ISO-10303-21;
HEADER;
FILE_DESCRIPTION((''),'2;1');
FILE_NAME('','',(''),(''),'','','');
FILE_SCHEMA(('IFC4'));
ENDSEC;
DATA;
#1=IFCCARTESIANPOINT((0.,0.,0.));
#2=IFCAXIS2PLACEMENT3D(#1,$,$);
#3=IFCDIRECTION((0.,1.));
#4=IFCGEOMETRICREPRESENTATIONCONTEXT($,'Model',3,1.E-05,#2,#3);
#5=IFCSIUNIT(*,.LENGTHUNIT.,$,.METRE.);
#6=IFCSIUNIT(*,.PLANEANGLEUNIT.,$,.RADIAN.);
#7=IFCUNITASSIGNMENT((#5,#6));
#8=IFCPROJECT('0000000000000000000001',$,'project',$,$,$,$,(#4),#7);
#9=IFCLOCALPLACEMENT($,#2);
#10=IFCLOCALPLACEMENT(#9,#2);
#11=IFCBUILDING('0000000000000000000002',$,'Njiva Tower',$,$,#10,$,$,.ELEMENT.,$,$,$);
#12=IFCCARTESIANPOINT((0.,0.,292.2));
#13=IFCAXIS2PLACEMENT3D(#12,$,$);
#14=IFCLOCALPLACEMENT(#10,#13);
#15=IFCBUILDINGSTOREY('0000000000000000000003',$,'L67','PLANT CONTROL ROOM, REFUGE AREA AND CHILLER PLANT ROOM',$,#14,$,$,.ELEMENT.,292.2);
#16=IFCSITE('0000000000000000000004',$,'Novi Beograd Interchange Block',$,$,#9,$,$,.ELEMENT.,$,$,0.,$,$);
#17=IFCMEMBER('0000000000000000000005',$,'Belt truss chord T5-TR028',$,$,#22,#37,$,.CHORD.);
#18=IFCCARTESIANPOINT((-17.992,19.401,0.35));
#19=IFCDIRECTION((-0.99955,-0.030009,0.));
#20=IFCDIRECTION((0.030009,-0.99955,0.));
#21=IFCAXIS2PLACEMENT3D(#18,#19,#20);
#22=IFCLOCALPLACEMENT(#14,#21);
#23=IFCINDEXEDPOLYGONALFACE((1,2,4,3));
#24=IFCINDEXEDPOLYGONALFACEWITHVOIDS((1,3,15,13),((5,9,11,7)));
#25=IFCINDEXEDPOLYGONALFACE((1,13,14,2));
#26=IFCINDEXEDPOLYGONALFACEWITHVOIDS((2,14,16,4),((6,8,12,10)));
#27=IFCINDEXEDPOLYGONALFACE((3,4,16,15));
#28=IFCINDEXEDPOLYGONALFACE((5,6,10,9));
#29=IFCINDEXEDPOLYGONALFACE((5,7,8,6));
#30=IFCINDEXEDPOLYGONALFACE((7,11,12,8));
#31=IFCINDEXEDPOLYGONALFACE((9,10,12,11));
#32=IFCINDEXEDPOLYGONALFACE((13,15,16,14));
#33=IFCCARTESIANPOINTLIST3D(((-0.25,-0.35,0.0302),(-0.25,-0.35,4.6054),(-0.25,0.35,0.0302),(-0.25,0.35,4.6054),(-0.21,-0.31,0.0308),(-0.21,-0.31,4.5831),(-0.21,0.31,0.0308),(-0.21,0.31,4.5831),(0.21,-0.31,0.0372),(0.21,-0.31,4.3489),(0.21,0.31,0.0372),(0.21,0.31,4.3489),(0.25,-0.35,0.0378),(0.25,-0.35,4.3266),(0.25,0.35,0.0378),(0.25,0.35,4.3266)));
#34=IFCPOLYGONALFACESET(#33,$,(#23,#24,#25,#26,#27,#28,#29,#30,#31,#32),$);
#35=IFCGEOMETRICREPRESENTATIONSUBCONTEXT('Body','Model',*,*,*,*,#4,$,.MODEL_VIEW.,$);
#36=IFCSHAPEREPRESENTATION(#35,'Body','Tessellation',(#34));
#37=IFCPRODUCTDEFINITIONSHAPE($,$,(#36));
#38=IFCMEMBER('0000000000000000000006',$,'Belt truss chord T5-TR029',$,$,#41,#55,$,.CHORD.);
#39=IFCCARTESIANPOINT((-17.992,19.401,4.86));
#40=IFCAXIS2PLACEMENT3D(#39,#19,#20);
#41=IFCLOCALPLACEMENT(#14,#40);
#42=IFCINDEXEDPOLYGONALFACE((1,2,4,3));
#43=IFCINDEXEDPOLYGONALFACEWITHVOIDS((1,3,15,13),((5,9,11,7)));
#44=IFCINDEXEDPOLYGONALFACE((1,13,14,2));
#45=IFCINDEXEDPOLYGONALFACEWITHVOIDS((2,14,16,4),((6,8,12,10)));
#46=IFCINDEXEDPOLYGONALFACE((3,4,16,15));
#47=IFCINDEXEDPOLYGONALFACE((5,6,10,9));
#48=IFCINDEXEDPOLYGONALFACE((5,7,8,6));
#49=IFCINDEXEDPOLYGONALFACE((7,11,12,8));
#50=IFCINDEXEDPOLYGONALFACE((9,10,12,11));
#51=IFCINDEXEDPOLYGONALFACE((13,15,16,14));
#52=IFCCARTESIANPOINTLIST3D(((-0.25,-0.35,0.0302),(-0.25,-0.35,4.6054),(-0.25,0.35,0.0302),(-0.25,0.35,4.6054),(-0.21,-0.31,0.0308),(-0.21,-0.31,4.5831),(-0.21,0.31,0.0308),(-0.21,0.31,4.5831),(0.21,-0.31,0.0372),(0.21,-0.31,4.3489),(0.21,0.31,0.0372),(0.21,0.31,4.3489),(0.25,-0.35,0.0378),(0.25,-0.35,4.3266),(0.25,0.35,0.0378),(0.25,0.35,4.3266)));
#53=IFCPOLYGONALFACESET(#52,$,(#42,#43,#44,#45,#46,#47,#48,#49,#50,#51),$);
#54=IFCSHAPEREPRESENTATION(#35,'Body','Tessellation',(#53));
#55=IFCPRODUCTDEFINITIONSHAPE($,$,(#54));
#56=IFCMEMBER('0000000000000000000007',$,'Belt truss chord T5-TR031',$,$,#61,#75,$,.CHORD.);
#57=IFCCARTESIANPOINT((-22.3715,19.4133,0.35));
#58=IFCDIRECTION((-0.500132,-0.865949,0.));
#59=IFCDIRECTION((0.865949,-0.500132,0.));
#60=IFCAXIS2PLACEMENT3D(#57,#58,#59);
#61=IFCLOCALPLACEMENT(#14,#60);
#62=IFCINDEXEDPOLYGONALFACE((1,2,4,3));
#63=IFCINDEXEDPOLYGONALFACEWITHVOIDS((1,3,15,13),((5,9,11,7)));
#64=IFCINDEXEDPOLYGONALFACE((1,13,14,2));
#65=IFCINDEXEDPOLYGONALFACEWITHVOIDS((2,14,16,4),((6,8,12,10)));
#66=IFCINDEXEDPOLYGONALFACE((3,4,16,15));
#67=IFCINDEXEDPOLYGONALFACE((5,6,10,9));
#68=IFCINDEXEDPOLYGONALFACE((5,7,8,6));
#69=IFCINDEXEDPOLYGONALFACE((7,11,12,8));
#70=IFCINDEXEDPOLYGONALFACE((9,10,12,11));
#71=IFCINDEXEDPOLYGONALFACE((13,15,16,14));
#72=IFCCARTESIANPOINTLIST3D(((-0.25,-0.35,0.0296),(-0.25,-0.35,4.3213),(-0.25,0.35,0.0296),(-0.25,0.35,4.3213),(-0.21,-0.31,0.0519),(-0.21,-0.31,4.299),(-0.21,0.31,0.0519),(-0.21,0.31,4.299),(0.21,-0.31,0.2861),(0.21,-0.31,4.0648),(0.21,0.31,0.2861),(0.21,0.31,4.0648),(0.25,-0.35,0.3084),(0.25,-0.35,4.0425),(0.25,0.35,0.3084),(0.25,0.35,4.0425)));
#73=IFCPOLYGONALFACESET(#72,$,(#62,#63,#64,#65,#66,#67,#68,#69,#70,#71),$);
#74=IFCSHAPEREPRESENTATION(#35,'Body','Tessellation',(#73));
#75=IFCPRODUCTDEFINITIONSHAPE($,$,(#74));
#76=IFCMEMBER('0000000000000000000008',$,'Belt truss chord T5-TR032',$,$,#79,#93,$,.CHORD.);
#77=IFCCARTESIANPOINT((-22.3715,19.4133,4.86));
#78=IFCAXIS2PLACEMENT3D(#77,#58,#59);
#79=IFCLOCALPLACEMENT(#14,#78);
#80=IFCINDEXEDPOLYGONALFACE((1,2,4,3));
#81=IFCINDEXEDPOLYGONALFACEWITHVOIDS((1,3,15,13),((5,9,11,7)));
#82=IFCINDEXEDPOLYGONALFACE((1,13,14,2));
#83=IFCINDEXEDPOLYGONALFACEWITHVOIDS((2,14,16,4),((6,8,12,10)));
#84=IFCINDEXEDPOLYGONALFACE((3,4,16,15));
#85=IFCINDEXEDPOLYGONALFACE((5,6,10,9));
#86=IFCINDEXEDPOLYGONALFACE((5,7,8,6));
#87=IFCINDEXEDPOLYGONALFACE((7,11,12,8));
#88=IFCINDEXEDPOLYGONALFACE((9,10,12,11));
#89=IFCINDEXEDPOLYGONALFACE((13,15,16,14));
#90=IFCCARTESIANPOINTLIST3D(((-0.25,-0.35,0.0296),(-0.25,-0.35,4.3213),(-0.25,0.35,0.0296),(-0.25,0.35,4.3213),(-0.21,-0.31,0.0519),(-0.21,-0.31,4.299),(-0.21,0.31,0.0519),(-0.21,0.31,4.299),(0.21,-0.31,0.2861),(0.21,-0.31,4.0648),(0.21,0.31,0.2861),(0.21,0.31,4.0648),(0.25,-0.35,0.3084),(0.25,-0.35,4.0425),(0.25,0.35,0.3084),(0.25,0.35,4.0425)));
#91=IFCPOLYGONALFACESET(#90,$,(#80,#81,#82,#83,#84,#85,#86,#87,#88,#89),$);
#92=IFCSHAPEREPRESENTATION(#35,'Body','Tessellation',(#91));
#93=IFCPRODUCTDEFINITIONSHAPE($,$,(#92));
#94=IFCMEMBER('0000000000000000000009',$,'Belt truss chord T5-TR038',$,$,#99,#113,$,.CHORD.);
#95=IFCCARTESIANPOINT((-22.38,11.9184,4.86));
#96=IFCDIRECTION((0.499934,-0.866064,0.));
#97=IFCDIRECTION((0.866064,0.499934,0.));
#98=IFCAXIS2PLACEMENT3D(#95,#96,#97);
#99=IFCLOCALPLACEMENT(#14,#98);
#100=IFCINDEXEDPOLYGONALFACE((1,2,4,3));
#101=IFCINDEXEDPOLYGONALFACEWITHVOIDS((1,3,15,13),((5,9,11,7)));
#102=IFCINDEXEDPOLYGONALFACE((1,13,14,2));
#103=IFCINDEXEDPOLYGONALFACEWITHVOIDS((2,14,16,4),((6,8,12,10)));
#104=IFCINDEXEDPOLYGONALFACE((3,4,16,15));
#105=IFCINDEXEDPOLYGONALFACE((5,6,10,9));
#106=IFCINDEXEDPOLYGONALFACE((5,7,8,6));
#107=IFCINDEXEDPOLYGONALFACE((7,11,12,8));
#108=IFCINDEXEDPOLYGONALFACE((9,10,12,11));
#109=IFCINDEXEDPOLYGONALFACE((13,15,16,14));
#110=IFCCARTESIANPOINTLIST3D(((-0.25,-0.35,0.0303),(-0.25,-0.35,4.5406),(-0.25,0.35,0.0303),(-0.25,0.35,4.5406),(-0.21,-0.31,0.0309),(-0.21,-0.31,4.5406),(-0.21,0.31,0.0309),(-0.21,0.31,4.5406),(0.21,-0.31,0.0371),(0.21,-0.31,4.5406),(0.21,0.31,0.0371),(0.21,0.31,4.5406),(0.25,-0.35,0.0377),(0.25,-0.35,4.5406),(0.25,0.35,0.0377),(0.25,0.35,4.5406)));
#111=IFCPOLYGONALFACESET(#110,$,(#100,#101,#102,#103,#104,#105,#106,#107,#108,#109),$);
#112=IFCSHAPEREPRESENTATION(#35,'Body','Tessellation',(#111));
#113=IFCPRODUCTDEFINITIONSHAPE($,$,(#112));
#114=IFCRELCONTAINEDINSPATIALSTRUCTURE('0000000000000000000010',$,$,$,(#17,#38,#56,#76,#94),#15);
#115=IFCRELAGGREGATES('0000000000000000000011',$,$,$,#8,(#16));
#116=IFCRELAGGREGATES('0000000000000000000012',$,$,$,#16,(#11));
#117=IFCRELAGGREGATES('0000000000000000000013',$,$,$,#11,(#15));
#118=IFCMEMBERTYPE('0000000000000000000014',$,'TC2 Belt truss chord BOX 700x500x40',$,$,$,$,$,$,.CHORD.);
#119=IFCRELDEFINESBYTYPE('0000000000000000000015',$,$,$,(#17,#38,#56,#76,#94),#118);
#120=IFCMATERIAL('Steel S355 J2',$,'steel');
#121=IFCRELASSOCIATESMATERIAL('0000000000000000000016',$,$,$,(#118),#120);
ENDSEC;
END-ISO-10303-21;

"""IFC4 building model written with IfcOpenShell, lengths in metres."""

from ifc_helpers import new_model, si_unit, direction, frame, origin, origin_2d, place, context, subcontext, project, spatial, hollow_rectangle, extrude, clip, halfspace, material, material_profile, profile_set, type_object, element, save


model = new_model("IFC4")

# Units and contexts
model_context = context("Model", 3, precision=1e-05, world=origin(), true_north=direction((0.0, 1.0)))
body_context = subcontext(model_context, "Body", "Model", "MODEL_VIEW")
ifc_project = project(units=[si_unit("LENGTHUNIT", "METRE"), si_unit("PLANEANGLEUNIT", "RADIAN")], contexts=[model_context])

# Site, building, storey
site_placement = place(None, origin())
site = spatial("IfcSite", under=ifc_project, at=site_placement, Name="Novi Beograd Interchange Block", CompositionType="ELEMENT", RefElevation=0.0)
building_placement = place(site_placement, origin())
building = spatial("IfcBuilding", under=site, at=building_placement, Name="Njiva Tower", CompositionType="ELEMENT")
storey_placement = place(building_placement, frame((0.0, 0.0, 292.2)))
storey = spatial("IfcBuildingStorey", under=building, at=storey_placement, Name="L67", Description="PLANT CONTROL ROOM, REFUGE AREA AND CHILLER PLANT ROOM", CompositionType="ELEMENT", Elevation=292.2)

# Shared definitions
ifc_material_1 = material(Name="Steel S355 J2", Category="steel")

# Members
ifc_material_profile_1 = material_profile(ifc_material_1, hollow_rectangle(XDim=0.5, YDim=0.7, WallThickness=0.04, at=origin_2d()), Name="BOX 700x500x40")
ifc_profile_set_1 = profile_set([ifc_material_profile_1], Name="Steel S355 J2")
member_type_1 = type_object("IfcMemberType", Name="TC2 Belt truss chord BOX 700x500x40", PredefinedType="CHORD", material=ifc_profile_set_1)
member_1_placement = place(storey_placement, frame((-17.992, 19.401, 0.35), z_axis=(-0.99955, -0.030009, 0.0), x_axis=(0.030009, -0.99955, 0.0)))
element("IfcMember", 1, at=member_1_placement, inside=storey, type_object=member_type_1, Name="Belt truss chord T5-TR028", PredefinedType="CHORD", context=body_context, shape_type="Clipping", body=[
    clip(clip(extrude(hollow_rectangle(XDim=0.5, YDim=0.7, WallThickness=0.04, at=origin_2d()), origin(), (0.0, 0.0, 1.0), 4.635), halfspace(frame((0.0, -292.55, 0.034), z_axis=(0.015002, 0.0, -0.999887), x_axis=(0.0, -1.0, 0.0)), False)), halfspace(frame((0.0, -292.55, 4.466), z_axis=(0.48688, 0.0, 0.873469), x_axis=(0.0, 1.0, 0.0)), False)),
])
member_2_placement = place(storey_placement, frame((-17.992, 19.401, 4.86), z_axis=(-0.99955, -0.030009, 0.0), x_axis=(0.030009, -0.99955, 0.0)))
element("IfcMember", 2, at=member_2_placement, inside=storey, type_object=member_type_1, Name="Belt truss chord T5-TR029", PredefinedType="CHORD", context=body_context, shape_type="Clipping", body=[
    clip(clip(extrude(hollow_rectangle(XDim=0.5, YDim=0.7, WallThickness=0.04, at=origin_2d()), origin(), (0.0, 0.0, 1.0), 4.635), halfspace(frame((0.0, -297.06, 0.034), z_axis=(0.015002, 0.0, -0.999887), x_axis=(0.0, -1.0, 0.0)), False)), halfspace(frame((0.0, -297.06, 4.466), z_axis=(0.48688, 0.0, 0.873469), x_axis=(0.0, 1.0, 0.0)), False)),
])
member_3_placement = place(storey_placement, frame((-22.3715, 19.4133, 0.35), z_axis=(-0.500132, -0.865949, 0.0), x_axis=(0.865949, -0.500132, 0.0)))
element("IfcMember", 3, at=member_3_placement, inside=storey, type_object=member_type_1, Name="Belt truss chord T5-TR031", PredefinedType="CHORD", context=body_context, shape_type="Clipping", body=[
    clip(clip(extrude(hollow_rectangle(XDim=0.5, YDim=0.7, WallThickness=0.04, at=origin_2d()), origin(), (0.0, 0.0, 1.0), 4.3509), halfspace(frame((0.0, -292.55, 0.169), z_axis=(0.486882, 0.0, -0.873468), x_axis=(0.0, -1.0, 0.0)), False)), halfspace(frame((0.0, -292.55, 4.1819), z_axis=(0.487034, 0.0, 0.873383), x_axis=(0.0, 1.0, 0.0)), False)),
])
member_4_placement = place(storey_placement, frame((-22.3715, 19.4133, 4.86), z_axis=(-0.500132, -0.865949, 0.0), x_axis=(0.865949, -0.500132, 0.0)))
element("IfcMember", 4, at=member_4_placement, inside=storey, type_object=member_type_1, Name="Belt truss chord T5-TR032", PredefinedType="CHORD", context=body_context, shape_type="Clipping", body=[
    clip(clip(extrude(hollow_rectangle(XDim=0.5, YDim=0.7, WallThickness=0.04, at=origin_2d()), origin(), (0.0, 0.0, 1.0), 4.3509), halfspace(frame((0.0, -297.06, 0.169), z_axis=(0.486882, 0.0, -0.873468), x_axis=(0.0, -1.0, 0.0)), False)), halfspace(frame((0.0, -297.06, 4.1819), z_axis=(0.487034, 0.0, 0.873383), x_axis=(0.0, 1.0, 0.0)), False)),
])
member_5_placement = place(storey_placement, frame((-22.38, 11.9184, 4.86), z_axis=(0.499934, -0.866064, 0.0), x_axis=(0.866064, 0.499934, 0.0)))
element("IfcMember", 5, at=member_5_placement, inside=storey, type_object=member_type_1, Name="Belt truss chord T5-TR038", PredefinedType="CHORD", context=body_context, shape_type="Clipping", body=[
    clip(extrude(hollow_rectangle(XDim=0.5, YDim=0.7, WallThickness=0.04, at=origin_2d()), origin(), (0.0, 0.0, 1.0), 4.5406), halfspace(frame((0.0, -297.06, 0.034), z_axis=(0.01495, 0.0, -0.999888), x_axis=(0.0, -1.0, 0.0)), False)),
])

save(model, "model.ifc")
